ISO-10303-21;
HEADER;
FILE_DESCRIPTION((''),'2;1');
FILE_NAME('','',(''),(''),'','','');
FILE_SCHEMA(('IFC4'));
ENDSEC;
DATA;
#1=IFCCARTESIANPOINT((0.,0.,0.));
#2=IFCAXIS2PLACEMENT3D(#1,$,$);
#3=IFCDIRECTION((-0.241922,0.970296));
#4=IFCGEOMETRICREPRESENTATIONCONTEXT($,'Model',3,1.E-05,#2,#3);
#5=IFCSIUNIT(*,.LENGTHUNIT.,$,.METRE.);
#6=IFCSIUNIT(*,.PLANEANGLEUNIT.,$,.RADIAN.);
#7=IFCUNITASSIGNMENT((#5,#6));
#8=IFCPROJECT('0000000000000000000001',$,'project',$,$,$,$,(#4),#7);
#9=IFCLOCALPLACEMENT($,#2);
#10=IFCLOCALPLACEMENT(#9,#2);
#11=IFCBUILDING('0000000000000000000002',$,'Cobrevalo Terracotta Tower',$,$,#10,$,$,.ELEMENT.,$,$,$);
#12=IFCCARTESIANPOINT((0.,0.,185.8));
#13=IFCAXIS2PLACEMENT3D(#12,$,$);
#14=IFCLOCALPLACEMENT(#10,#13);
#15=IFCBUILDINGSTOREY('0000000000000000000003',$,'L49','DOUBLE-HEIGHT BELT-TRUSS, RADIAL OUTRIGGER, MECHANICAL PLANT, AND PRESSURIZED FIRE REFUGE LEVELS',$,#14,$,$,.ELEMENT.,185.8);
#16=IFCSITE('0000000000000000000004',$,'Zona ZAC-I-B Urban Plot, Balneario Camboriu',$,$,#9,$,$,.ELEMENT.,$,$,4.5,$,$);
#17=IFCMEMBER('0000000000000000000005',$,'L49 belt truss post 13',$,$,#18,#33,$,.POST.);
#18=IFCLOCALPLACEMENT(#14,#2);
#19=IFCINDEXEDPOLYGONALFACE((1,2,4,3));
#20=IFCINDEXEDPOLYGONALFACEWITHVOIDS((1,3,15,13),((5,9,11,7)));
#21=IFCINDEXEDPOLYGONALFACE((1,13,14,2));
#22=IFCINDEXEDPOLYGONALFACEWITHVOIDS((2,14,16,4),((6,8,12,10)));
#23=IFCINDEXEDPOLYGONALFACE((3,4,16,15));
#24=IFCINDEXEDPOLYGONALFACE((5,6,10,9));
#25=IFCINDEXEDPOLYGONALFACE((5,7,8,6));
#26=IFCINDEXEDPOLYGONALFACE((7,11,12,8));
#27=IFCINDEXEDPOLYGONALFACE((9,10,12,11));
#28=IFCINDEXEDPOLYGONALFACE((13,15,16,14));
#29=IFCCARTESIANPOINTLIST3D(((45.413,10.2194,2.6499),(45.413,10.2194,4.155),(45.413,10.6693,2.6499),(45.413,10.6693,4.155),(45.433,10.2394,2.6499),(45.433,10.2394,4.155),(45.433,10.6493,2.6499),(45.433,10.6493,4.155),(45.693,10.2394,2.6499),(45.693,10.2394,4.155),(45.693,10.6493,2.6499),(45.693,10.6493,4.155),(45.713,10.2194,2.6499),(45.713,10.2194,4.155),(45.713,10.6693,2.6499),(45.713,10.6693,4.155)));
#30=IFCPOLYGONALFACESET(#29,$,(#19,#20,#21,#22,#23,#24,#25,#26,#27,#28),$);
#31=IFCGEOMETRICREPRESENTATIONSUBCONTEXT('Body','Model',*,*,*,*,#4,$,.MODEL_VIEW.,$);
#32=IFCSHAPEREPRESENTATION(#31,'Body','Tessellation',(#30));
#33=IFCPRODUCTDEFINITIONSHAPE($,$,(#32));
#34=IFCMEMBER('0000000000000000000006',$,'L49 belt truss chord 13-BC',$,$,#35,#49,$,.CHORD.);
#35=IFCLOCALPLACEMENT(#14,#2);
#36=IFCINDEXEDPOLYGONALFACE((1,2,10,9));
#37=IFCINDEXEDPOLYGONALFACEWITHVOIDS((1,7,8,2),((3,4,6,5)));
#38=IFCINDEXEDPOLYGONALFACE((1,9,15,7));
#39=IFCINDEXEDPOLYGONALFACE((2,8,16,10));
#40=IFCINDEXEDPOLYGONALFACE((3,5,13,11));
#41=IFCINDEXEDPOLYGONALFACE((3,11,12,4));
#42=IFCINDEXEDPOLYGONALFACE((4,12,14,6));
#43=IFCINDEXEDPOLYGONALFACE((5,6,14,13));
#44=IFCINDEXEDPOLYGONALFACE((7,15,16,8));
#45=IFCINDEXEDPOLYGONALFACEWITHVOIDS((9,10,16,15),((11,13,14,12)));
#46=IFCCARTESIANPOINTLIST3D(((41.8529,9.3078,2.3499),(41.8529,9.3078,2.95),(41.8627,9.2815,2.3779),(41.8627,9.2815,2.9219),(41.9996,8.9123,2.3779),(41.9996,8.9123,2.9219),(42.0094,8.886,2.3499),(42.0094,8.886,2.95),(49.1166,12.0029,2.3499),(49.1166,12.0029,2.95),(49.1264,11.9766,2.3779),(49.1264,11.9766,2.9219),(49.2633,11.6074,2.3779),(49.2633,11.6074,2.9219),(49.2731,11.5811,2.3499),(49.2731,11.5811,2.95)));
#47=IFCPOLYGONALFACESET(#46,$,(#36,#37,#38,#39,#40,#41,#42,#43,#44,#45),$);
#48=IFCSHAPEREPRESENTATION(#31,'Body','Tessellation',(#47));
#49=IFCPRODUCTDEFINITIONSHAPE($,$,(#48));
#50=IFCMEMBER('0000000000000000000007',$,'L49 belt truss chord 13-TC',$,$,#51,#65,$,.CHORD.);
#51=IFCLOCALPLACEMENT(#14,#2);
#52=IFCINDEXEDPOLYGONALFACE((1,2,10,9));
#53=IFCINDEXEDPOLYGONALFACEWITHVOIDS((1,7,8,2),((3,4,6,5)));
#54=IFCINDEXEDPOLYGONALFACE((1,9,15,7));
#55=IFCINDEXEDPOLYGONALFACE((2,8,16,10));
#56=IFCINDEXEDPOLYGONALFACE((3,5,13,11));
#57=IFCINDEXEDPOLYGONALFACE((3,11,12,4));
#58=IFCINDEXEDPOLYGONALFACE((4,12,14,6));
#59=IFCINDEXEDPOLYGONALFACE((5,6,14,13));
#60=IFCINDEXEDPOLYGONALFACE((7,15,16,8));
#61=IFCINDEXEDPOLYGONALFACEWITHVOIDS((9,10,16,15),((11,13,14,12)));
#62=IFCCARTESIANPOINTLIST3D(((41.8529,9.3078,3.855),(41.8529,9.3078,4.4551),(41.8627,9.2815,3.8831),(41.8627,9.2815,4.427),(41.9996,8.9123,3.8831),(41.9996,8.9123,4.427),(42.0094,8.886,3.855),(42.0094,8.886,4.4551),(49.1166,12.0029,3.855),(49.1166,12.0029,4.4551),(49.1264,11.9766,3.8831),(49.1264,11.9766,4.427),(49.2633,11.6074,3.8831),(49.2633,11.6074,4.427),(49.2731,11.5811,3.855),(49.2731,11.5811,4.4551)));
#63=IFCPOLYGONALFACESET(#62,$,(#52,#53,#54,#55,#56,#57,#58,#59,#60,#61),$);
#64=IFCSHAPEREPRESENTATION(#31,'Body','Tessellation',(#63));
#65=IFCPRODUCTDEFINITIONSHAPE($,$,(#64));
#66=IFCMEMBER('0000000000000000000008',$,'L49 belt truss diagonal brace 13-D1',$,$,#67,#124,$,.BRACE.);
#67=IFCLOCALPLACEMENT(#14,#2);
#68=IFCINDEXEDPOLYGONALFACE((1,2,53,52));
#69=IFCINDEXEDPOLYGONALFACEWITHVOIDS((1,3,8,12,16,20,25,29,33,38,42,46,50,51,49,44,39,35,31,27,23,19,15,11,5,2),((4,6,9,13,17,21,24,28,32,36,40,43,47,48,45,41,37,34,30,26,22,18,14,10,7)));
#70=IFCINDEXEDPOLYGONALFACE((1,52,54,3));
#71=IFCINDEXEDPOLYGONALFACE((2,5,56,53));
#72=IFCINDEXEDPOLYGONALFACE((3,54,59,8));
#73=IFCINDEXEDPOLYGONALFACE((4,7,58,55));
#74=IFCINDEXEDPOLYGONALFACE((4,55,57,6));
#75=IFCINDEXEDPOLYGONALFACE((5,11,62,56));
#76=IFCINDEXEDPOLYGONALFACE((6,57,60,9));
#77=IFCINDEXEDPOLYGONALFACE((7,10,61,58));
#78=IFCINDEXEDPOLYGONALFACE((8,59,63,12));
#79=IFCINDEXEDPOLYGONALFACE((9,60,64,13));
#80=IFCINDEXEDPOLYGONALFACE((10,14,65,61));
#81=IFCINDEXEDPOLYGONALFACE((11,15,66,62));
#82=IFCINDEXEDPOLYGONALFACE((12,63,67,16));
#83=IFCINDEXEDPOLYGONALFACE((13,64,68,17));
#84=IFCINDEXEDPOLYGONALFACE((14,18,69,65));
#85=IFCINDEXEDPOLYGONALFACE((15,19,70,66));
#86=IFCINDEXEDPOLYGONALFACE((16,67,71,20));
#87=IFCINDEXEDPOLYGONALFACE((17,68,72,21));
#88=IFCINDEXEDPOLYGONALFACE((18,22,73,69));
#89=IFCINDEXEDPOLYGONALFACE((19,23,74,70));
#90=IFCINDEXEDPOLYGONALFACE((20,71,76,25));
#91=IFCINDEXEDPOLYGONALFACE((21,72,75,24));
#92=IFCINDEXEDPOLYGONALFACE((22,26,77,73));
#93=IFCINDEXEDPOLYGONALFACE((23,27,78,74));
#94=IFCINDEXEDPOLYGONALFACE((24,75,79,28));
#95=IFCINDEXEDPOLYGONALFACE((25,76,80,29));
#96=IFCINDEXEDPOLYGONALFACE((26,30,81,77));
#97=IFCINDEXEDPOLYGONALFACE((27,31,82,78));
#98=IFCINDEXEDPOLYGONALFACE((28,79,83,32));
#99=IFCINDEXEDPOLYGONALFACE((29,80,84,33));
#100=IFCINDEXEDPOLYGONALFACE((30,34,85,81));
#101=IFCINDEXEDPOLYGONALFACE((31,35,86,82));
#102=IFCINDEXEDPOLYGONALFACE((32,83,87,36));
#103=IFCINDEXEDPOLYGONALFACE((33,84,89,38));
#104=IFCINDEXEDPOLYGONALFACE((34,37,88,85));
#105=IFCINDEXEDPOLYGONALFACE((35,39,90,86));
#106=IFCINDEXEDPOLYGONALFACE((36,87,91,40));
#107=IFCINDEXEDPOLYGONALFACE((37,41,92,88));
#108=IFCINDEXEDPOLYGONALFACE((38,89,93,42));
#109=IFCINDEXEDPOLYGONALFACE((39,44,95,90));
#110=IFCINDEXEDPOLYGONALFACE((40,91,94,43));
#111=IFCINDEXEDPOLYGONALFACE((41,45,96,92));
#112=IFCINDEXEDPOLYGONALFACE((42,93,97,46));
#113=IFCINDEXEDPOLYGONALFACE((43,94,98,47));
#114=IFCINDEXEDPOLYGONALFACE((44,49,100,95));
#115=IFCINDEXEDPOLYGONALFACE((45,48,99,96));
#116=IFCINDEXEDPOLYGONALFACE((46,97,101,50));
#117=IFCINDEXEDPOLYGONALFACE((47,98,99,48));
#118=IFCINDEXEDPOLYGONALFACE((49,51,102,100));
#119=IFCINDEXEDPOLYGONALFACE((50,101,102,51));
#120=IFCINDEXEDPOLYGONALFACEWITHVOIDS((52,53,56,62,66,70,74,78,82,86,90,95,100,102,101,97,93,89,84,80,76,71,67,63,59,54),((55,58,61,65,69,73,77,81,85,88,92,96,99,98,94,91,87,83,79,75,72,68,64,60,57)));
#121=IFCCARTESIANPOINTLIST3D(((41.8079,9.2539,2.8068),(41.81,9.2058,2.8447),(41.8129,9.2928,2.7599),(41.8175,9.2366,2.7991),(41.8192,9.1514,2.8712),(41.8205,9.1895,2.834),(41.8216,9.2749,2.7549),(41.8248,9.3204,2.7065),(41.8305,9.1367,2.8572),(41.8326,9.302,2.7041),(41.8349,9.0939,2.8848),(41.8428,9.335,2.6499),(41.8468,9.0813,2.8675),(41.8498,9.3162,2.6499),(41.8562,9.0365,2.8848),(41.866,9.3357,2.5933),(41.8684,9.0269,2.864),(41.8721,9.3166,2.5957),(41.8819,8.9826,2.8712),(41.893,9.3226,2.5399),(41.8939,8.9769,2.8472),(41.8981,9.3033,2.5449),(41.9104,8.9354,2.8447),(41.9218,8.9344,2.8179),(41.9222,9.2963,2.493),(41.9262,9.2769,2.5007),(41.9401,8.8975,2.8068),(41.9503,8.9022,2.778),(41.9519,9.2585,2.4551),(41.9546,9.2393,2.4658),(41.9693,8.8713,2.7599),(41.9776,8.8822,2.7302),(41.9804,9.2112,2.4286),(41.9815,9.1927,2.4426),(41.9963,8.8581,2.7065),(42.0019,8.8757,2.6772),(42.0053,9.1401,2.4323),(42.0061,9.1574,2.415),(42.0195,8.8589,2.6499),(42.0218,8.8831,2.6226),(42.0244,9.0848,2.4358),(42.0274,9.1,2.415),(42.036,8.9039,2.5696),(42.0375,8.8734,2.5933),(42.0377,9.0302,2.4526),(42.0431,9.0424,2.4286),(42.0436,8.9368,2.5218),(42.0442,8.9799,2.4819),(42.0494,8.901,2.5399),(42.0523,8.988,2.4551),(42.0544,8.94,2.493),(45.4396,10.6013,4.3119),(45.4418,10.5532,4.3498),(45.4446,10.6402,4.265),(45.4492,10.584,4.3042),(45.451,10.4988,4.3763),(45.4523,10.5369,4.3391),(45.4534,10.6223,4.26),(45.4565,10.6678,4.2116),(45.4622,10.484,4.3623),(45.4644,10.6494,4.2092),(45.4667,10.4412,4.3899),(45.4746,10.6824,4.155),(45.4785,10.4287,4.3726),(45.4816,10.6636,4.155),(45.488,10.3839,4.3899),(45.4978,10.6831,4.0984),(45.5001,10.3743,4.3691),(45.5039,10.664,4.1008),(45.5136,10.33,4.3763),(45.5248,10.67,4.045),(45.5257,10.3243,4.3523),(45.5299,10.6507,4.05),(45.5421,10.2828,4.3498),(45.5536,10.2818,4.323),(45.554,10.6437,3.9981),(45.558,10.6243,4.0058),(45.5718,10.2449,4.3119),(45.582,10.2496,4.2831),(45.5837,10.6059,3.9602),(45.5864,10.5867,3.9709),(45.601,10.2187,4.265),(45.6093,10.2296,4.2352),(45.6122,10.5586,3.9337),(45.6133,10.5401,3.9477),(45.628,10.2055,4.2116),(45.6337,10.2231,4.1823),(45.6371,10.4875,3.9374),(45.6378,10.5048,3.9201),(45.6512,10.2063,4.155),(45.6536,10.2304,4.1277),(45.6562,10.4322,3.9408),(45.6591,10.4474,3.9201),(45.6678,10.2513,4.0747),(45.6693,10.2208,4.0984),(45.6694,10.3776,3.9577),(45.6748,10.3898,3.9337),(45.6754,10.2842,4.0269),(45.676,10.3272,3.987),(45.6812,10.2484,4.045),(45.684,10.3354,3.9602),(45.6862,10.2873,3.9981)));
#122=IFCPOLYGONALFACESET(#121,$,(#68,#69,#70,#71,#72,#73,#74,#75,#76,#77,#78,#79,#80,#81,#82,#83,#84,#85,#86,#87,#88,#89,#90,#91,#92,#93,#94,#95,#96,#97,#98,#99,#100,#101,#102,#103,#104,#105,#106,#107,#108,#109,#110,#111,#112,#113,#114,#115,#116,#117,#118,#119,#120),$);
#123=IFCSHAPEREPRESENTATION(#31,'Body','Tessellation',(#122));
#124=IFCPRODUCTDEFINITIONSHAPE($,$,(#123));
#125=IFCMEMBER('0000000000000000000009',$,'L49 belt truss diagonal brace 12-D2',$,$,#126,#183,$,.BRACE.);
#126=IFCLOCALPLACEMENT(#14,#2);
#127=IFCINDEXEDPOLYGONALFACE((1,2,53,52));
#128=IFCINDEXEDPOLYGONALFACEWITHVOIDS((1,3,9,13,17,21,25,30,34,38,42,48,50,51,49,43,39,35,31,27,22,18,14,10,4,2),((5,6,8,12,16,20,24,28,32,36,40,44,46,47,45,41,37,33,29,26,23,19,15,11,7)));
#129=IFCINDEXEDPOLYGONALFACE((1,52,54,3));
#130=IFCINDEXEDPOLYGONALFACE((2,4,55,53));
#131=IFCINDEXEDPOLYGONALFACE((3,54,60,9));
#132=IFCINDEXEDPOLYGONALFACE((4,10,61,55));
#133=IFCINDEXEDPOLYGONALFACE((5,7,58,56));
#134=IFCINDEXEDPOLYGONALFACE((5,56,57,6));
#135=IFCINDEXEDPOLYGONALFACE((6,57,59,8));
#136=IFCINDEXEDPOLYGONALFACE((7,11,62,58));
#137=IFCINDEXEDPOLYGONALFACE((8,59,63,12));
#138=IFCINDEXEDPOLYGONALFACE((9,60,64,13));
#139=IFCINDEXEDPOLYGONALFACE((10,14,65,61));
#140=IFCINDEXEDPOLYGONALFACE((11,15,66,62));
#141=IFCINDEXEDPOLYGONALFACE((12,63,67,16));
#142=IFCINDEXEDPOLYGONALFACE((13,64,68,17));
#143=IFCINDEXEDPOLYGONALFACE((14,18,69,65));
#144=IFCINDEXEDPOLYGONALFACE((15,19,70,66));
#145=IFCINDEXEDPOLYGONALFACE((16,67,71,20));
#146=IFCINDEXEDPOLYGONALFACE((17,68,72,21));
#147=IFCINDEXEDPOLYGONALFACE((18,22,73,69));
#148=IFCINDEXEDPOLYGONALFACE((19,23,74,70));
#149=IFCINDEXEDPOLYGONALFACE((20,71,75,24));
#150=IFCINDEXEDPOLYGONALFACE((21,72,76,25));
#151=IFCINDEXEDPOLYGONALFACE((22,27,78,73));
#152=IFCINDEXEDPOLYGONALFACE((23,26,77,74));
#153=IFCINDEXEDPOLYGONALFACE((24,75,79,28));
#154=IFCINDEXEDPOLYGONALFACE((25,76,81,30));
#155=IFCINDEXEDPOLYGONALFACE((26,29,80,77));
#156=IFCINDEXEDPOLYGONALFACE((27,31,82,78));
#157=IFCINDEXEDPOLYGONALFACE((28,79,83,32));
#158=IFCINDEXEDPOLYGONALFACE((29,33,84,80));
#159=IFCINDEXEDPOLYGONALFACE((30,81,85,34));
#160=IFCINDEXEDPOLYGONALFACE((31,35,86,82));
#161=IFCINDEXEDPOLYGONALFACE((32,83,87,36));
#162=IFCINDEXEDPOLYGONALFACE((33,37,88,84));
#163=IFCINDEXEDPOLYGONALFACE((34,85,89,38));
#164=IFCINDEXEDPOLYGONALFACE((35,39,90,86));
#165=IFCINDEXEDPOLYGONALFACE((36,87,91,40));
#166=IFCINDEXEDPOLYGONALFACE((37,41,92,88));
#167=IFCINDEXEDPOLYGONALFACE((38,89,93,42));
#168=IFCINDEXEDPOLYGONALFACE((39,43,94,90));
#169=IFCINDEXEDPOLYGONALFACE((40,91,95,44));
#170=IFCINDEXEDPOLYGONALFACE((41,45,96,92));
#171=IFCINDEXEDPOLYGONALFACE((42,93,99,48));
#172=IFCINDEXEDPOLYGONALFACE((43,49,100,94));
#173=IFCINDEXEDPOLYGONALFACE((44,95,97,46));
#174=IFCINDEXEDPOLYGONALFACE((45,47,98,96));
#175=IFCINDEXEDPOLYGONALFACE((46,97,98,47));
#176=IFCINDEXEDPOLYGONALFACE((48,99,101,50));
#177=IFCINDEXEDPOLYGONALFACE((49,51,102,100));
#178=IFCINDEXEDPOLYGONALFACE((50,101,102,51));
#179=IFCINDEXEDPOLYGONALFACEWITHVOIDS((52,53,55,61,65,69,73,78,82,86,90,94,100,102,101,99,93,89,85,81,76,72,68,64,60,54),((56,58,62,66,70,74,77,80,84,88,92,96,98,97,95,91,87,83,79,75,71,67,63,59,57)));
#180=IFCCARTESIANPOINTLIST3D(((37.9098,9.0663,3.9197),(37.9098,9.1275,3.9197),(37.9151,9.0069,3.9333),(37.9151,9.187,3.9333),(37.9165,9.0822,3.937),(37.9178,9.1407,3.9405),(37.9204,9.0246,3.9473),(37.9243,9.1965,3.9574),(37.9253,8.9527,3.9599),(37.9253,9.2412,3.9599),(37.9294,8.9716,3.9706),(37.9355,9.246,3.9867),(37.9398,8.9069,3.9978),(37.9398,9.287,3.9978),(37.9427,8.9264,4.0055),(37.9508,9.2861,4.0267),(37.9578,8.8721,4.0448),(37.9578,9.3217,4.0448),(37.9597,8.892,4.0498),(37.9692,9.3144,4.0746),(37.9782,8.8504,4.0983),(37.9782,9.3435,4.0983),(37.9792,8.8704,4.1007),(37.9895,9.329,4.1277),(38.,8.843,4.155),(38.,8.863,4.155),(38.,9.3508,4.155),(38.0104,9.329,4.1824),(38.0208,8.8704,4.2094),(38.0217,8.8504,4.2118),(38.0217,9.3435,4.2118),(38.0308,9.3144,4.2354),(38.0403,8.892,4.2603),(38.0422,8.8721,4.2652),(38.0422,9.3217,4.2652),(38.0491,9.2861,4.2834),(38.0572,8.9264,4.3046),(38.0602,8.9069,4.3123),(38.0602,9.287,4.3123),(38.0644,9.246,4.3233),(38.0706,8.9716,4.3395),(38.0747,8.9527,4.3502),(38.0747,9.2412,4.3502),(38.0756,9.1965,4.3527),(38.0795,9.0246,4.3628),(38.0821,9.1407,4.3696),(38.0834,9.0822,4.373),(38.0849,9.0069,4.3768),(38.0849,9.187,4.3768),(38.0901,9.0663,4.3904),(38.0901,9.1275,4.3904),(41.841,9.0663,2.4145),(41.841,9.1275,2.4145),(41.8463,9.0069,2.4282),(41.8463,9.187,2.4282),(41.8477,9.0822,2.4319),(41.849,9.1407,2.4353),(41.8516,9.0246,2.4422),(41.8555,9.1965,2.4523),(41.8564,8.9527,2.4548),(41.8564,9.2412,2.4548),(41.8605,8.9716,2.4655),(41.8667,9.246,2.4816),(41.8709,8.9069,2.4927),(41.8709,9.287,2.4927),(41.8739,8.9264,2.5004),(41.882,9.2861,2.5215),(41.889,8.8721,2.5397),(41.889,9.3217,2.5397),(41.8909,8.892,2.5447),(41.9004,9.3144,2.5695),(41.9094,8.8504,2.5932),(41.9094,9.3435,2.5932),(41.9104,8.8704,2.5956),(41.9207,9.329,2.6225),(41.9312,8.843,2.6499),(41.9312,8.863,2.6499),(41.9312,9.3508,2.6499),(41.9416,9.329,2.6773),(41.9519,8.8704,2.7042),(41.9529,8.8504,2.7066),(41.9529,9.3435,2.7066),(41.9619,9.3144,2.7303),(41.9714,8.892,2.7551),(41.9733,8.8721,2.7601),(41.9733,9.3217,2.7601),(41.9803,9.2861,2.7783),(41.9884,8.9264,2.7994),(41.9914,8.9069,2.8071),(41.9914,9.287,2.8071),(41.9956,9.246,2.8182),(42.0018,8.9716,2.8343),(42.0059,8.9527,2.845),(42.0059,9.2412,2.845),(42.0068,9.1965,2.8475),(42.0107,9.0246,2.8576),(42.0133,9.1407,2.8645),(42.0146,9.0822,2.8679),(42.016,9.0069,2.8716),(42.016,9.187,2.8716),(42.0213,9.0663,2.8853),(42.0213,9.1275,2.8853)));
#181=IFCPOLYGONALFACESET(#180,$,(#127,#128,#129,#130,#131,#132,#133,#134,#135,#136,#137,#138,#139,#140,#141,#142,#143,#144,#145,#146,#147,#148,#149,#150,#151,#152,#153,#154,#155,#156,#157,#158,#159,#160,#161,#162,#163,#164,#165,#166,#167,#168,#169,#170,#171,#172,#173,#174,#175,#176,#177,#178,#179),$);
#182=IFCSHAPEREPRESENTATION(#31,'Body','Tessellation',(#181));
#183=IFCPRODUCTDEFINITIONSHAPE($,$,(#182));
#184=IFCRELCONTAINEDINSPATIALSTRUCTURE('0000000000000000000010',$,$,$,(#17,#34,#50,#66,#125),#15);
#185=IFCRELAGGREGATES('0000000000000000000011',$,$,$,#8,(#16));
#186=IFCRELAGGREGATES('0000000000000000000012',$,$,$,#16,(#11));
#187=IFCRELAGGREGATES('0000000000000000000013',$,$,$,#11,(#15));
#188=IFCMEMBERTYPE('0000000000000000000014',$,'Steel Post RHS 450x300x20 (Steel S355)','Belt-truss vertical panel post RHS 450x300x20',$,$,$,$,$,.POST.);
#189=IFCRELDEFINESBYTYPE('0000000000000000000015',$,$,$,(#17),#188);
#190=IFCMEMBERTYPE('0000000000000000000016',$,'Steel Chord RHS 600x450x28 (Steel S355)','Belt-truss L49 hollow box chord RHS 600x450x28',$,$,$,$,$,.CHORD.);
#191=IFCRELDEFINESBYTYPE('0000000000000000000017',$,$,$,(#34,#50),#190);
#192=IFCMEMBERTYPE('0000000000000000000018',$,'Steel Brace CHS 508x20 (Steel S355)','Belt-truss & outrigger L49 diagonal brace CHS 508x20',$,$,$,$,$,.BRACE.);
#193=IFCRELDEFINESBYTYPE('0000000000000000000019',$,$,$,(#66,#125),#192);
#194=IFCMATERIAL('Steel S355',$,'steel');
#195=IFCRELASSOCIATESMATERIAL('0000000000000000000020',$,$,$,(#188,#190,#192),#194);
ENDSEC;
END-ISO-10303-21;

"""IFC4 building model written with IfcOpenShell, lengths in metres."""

from ifc_helpers import new_model, si_unit, direction, frame, origin, origin_2d, place, context, subcontext, project, spatial, hollow_rectangle, hollow_circle, extrude, source, transform, mapped, material, material_profile, profile_set, type_object, element, save


model = new_model("IFC4")

# Units and contexts
model_context = context("Model", 3, precision=1e-05, world=origin(), true_north=direction((-0.241922, 0.970296)))
body_context = subcontext(model_context, "Body", "Model", "MODEL_VIEW")
ifc_project = project(units=[si_unit("LENGTHUNIT", "METRE"), si_unit("PLANEANGLEUNIT", "RADIAN")], contexts=[model_context])

# Site, building, storey
site_placement = place(None, origin())
site = spatial("IfcSite", under=ifc_project, at=site_placement, Name="Zona ZAC-I-B Urban Plot, Balneario Camboriu", CompositionType="ELEMENT", RefElevation=4.5)
building_placement = place(site_placement, origin())
building = spatial("IfcBuilding", under=site, at=building_placement, Name="Cobrevalo Terracotta Tower", CompositionType="ELEMENT")
storey_placement = place(building_placement, frame((0.0, 0.0, 185.8)))
storey = spatial("IfcBuildingStorey", under=building, at=storey_placement, Name="L49", Description="DOUBLE-HEIGHT BELT-TRUSS, RADIAL OUTRIGGER, MECHANICAL PLANT, AND PRESSURIZED FIRE REFUGE LEVELS", CompositionType="ELEMENT", Elevation=185.8)

# Shared definitions
ifc_material_1 = material(Name="Steel S355", Category="steel")

# Members
ifc_material_profile_1 = material_profile(ifc_material_1, hollow_rectangle(XDim=0.3, YDim=0.45, WallThickness=0.02, at=origin_2d()), Name="RHS 450x300x20")
ifc_profile_set_1 = profile_set([ifc_material_profile_1], Name="Steel S355")
member_type_1 = type_object("IfcMemberType", Name="Steel Post RHS 450x300x20 (Steel S355)", Description="Belt-truss vertical panel post RHS 450x300x20", PredefinedType="POST", material=ifc_profile_set_1)
shared_shape_1 = source(origin(), body_context, "Body", "SweptSolid", [
    extrude(hollow_rectangle(XDim=0.3, YDim=0.45, WallThickness=0.02, at=origin_2d()), origin(), (0.0, 0.0, 1.0), 1.5051),
])
for number, where, z_axis, x_axis, name in (
    (1, (45.563, 10.4443, 2.6499), (0.0, 0.0, 1.0), (1.0, 0.0, 0.0), "L49 belt truss post 13"),
):
    element("IfcMember", number, at=place(storey_placement, frame(where, z_axis=z_axis, x_axis=x_axis)), inside=storey, type_object=member_type_1, Name=name, PredefinedType="POST", context=body_context, shape_type="MappedRepresentation", body=[
        mapped(shared_shape_1, transform((0.0, 0.0, 0.0), scale=1.0)),
    ])
ifc_material_profile_2 = material_profile(ifc_material_1, hollow_rectangle(XDim=0.45, YDim=0.6001, WallThickness=0.0281, at=origin_2d()), Name="RHS 600x450x28")
ifc_profile_set_2 = profile_set([ifc_material_profile_2], Name="Steel S355")
member_type_2 = type_object("IfcMemberType", Name="Steel Chord RHS 600x450x28 (Steel S355)", Description="Belt-truss L49 hollow box chord RHS 600x450x28", PredefinedType="CHORD", material=ifc_profile_set_2)
shared_shape_2 = source(origin(), body_context, "Body", "SweptSolid", [
    extrude(hollow_rectangle(XDim=0.45, YDim=0.6001, WallThickness=0.0281, at=origin_2d()), origin(), (0.0, 0.0, 1.0), 7.7476),
])
for number, where, z_axis, x_axis, name in (
    (2, (41.9312, 9.0969, 2.6499), (0.937546, 0.347861, 0.0), (-0.347861, 0.937546, 0.0), "L49 belt truss chord 13-BC"),
    (3, (41.9312, 9.0969, 4.155), (0.937546, 0.347861, 0.0), (-0.347861, 0.937546, 0.0), "L49 belt truss chord 13-TC"),
):
    element("IfcMember", number, at=place(storey_placement, frame(where, z_axis=z_axis, x_axis=x_axis)), inside=storey, type_object=member_type_2, Name=name, PredefinedType="CHORD", context=body_context, shape_type="MappedRepresentation", body=[
        mapped(shared_shape_2, transform((0.0, 0.0, 0.0), scale=1.0)),
    ])
ifc_material_profile_3 = material_profile(ifc_material_1, hollow_circle(Radius=0.2539, WallThickness=0.02, at=origin_2d()), Name="CHS 508x20")
ifc_profile_set_3 = profile_set([ifc_material_profile_3], Name="Steel S355")
member_type_3 = type_object("IfcMemberType", Name="Steel Brace CHS 508x20 (Steel S355)", Description="Belt-truss & outrigger L49 diagonal brace CHS 508x20", PredefinedType="BRACE", material=ifc_profile_set_3)
shared_shape_3 = source(origin(), body_context, "Body", "SweptSolid", [
    extrude(hollow_circle(Radius=0.2539, WallThickness=0.02, at=origin_2d()), origin(), (0.0, 0.0, 1.0), 4.1558),
])
member_1_placement = place(storey_placement, frame((41.9312, 9.0969, 2.6499), z_axis=(0.873908, 0.32422, 0.36217), x_axis=(-0.347834, 0.937556, 0.0)))
element("IfcMember", 4, at=member_1_placement, inside=storey, type_object=member_type_3, Name="L49 belt truss diagonal brace 13-D1", PredefinedType="BRACE", context=body_context, shape_type="MappedRepresentation", body=[
    mapped(shared_shape_3, transform((0.0, 0.0, 0.0), scale=1.0)),
])
shared_shape_4 = source(origin(), body_context, "Body", "SweptSolid", [
    extrude(hollow_circle(Radius=0.2539, WallThickness=0.02, at=origin_2d()), origin(), (0.0, 0.0, 1.0), 4.2095),
])
member_2_placement = place(storey_placement, frame((41.9312, 9.0969, 2.6499), z_axis=(-0.93389, 0.0, 0.35756), x_axis=(0.0, -1.0, 0.0)))
element("IfcMember", 5, at=member_2_placement, inside=storey, type_object=member_type_3, Name="L49 belt truss diagonal brace 12-D2", PredefinedType="BRACE", context=body_context, shape_type="MappedRepresentation", body=[
    mapped(shared_shape_4, transform((0.0, 0.0, 0.0), scale=1.0)),
])

save(model, "model.ifc")
